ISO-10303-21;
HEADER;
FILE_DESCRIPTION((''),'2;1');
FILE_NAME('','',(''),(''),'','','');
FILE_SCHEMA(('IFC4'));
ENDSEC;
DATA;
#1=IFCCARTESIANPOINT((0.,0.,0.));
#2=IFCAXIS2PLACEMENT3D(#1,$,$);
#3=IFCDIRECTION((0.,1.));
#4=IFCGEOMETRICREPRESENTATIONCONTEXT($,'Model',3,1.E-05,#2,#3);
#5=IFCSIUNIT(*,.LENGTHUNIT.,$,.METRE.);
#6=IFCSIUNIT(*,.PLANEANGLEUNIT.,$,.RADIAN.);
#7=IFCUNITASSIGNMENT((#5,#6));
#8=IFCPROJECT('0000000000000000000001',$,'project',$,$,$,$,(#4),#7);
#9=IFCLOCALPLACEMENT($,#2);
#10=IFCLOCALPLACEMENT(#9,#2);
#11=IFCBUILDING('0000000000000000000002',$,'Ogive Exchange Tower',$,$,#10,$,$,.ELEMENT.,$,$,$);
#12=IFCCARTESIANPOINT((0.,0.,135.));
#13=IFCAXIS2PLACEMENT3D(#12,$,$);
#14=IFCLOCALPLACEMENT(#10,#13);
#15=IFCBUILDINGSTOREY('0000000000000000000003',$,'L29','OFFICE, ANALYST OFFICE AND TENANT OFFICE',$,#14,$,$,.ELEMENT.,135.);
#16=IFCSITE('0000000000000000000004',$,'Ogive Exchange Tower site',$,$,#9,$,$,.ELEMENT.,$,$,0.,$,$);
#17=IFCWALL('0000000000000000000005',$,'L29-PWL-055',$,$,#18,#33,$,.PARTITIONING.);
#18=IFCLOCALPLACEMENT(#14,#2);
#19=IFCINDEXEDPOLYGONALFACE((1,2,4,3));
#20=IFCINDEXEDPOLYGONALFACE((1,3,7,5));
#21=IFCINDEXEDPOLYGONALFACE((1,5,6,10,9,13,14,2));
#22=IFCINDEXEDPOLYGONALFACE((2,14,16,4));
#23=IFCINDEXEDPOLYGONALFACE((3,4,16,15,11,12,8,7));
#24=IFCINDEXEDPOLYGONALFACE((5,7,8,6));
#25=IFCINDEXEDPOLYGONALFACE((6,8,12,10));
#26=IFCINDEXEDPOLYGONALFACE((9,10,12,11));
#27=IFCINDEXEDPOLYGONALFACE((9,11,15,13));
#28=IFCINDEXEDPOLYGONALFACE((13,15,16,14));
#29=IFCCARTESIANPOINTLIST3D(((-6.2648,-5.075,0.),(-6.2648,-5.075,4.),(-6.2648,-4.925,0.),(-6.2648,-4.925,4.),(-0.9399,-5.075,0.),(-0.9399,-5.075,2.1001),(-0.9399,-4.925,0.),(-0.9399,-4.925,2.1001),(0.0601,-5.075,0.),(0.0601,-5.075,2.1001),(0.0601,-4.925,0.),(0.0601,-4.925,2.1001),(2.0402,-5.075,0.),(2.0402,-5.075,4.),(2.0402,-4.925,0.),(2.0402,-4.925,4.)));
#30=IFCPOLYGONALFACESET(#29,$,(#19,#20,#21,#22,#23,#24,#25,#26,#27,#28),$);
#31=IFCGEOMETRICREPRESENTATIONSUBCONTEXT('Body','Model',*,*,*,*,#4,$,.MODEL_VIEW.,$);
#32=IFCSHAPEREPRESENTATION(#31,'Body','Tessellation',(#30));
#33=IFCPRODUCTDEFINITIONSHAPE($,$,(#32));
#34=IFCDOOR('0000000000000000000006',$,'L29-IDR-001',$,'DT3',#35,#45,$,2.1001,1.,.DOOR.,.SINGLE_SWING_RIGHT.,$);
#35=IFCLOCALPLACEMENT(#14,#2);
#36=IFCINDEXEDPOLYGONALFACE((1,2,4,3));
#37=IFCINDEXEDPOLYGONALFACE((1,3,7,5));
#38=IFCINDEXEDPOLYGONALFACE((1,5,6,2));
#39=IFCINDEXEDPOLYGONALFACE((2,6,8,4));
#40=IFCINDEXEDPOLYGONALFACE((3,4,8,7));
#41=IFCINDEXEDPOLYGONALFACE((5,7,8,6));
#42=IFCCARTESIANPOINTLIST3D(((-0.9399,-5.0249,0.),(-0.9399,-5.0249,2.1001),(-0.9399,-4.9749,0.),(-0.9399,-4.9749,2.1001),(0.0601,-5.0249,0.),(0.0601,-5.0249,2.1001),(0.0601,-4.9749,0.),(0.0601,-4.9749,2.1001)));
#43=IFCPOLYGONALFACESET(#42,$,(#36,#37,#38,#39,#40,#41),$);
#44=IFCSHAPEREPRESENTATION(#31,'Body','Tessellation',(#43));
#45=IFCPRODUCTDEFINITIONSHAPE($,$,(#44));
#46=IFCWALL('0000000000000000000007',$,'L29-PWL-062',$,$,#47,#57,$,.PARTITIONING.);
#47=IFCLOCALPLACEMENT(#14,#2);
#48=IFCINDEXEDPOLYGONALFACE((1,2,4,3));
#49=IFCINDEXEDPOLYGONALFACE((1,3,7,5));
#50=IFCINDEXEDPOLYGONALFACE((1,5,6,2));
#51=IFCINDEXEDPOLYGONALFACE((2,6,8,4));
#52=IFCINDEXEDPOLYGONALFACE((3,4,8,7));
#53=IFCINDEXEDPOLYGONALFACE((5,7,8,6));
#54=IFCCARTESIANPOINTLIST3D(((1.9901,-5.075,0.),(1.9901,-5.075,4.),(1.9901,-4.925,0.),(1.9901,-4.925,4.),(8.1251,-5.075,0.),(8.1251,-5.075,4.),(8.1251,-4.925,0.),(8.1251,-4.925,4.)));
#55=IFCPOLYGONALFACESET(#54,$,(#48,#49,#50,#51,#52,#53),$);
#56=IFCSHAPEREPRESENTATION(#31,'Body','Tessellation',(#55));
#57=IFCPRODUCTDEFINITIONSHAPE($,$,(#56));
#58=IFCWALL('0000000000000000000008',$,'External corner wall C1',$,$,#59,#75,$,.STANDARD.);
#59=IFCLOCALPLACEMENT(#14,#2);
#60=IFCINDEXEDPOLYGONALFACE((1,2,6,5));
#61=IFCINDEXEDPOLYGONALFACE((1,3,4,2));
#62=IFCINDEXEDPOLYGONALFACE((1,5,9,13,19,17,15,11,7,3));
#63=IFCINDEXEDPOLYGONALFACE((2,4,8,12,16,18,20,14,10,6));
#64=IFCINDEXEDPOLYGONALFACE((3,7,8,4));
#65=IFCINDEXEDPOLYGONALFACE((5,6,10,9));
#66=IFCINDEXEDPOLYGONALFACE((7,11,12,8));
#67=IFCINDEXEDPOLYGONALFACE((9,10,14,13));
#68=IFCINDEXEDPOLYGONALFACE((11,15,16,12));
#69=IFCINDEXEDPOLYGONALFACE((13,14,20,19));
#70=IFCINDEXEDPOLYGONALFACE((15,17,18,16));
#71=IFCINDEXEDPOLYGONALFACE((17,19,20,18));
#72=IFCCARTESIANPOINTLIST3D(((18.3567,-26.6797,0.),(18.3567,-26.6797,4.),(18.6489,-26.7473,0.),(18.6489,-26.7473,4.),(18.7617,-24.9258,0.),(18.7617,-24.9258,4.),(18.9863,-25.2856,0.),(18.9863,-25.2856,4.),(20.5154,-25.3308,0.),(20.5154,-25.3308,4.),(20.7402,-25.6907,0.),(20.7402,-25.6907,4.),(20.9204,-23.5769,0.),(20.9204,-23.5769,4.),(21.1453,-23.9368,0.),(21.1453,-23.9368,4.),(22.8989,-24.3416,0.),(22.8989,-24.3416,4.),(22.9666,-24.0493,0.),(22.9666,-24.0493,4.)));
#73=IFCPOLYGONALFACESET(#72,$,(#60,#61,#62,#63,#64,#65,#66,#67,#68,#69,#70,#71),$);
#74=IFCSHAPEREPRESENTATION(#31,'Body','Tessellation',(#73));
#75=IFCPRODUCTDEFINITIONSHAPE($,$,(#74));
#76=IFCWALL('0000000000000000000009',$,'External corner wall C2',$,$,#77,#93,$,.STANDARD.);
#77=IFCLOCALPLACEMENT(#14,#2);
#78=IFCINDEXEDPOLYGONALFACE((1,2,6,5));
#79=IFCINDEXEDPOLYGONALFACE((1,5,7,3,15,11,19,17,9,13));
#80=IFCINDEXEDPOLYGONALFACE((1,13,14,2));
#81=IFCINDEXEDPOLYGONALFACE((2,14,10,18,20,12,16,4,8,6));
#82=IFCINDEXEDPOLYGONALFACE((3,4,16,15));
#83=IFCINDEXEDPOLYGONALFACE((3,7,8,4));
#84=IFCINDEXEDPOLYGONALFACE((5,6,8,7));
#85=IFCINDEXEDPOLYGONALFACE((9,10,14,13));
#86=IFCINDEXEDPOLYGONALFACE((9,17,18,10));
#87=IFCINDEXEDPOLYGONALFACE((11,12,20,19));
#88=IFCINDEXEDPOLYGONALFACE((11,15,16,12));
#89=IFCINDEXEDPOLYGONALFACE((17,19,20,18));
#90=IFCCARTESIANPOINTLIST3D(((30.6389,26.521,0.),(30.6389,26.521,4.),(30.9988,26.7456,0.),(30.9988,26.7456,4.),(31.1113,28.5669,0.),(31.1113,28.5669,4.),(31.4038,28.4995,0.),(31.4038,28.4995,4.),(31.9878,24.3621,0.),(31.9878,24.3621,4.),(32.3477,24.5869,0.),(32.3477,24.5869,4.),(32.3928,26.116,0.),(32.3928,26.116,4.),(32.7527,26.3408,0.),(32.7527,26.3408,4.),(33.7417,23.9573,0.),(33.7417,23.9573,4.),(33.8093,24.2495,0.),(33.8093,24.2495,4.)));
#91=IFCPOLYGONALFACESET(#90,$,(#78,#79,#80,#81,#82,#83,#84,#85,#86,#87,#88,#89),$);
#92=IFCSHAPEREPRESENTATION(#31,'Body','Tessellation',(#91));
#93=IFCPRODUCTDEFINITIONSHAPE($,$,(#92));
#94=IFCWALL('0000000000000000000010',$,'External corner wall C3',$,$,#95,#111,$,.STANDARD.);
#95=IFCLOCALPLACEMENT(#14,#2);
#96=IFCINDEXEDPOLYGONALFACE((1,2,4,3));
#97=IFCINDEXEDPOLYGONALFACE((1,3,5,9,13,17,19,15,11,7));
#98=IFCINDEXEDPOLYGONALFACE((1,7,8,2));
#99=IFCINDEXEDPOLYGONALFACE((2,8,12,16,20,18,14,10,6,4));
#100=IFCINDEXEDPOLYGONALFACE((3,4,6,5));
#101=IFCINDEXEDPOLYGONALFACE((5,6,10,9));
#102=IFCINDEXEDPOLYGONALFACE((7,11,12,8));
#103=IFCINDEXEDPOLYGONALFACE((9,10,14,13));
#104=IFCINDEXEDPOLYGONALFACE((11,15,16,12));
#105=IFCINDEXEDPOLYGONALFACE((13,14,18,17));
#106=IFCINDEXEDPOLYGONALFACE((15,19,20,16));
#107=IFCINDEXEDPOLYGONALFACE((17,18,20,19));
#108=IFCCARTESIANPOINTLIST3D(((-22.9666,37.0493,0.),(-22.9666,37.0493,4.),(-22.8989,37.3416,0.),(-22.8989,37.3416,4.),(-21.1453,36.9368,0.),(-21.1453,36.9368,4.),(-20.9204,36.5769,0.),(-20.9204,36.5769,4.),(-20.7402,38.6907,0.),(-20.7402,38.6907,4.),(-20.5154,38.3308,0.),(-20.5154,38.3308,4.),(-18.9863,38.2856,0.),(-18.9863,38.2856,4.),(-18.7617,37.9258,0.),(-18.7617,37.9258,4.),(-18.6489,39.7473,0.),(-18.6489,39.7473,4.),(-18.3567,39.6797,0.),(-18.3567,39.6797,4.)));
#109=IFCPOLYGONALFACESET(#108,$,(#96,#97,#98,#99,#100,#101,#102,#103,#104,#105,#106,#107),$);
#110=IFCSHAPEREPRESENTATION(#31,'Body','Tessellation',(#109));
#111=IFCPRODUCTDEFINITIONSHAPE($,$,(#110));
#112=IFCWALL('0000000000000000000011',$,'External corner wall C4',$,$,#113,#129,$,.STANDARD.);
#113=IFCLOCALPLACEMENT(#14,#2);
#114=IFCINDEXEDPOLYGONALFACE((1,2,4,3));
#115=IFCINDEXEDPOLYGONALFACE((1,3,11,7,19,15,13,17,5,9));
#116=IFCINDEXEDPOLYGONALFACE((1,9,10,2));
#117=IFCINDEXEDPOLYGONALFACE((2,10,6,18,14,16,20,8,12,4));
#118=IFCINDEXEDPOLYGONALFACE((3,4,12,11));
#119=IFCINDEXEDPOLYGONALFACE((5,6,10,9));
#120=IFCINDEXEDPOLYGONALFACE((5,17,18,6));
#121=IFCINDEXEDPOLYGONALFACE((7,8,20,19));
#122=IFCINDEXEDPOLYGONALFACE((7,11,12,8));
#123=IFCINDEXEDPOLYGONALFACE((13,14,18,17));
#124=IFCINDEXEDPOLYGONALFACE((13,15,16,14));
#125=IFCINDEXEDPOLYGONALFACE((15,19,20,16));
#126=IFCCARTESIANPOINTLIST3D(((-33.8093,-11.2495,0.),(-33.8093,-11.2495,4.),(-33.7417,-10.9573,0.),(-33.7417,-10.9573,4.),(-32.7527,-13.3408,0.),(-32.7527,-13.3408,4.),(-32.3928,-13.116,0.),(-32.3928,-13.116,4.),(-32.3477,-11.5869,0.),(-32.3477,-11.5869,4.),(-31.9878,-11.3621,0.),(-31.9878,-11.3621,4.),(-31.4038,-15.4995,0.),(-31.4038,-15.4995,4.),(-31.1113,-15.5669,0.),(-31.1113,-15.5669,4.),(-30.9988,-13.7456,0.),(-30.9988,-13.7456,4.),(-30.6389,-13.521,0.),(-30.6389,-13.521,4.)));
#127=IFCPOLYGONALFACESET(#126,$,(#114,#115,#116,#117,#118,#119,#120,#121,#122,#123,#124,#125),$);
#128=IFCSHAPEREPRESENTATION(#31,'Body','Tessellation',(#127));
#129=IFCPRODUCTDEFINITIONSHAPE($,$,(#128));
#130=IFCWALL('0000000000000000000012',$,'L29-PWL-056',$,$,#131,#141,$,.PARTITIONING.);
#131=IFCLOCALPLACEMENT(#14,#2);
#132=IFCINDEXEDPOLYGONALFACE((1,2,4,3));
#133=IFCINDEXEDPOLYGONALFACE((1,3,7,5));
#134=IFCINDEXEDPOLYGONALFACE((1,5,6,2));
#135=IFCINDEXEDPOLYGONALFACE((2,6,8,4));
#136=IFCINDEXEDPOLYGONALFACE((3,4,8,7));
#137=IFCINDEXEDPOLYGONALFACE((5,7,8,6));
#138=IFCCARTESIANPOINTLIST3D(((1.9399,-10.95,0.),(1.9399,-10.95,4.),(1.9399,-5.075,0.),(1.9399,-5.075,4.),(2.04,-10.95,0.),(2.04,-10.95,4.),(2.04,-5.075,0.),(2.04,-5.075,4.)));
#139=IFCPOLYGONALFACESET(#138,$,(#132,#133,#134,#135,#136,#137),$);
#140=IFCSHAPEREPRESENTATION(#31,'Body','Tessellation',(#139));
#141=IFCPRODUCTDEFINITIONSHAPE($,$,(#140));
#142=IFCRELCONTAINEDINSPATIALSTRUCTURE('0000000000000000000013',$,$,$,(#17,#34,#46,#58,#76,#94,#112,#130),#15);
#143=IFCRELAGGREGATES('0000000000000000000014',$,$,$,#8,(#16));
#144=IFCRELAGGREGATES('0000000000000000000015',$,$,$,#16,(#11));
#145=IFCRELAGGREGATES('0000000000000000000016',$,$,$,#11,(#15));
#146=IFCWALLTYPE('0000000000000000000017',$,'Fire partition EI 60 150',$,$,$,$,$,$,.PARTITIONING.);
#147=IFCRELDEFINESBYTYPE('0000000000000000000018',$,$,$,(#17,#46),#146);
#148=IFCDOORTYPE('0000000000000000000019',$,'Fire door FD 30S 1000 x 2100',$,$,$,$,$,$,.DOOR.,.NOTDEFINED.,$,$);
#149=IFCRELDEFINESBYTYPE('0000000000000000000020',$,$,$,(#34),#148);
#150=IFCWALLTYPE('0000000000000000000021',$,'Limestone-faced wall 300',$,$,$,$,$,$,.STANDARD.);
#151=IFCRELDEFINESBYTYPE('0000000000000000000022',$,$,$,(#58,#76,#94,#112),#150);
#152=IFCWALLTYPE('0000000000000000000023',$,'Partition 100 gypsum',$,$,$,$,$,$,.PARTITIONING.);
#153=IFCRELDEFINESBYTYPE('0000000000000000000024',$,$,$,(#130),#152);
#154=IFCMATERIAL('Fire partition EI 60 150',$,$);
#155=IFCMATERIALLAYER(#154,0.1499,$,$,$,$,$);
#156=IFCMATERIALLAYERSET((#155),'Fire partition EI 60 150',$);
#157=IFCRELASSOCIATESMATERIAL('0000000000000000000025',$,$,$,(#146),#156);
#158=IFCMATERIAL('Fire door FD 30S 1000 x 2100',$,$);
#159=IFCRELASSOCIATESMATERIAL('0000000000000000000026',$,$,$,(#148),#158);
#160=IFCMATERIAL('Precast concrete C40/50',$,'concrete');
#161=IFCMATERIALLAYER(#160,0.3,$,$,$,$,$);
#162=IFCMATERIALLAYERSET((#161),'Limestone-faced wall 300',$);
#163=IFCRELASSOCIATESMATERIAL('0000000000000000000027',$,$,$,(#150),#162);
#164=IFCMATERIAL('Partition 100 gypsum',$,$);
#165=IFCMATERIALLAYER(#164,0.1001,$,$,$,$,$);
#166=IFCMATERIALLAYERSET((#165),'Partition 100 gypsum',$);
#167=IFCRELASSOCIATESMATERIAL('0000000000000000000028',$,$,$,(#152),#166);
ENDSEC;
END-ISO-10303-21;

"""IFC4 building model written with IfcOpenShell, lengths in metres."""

from ifc_helpers import new_model, si_unit, direction, frame, frame_2d, origin, place, context, subcontext, project, spatial, polyline, rectangle, outline, extrude, material, layer, layer_set, type_object, element, fill, save


model = new_model("IFC4")

# Units and contexts
model_context = context("Model", 3, precision=1e-05, world=origin(), true_north=direction((0.0, 1.0)))
body_context = subcontext(model_context, "Body", "Model", "MODEL_VIEW")
ifc_project = project(units=[si_unit("LENGTHUNIT", "METRE"), si_unit("PLANEANGLEUNIT", "RADIAN")], contexts=[model_context])

# Site, building, storey
site_placement = place(None, origin())
site = spatial("IfcSite", under=ifc_project, at=site_placement, Name="Ogive Exchange Tower site", CompositionType="ELEMENT", RefElevation=0.0)
building_placement = place(site_placement, origin())
building = spatial("IfcBuilding", under=site, at=building_placement, Name="Ogive Exchange Tower", CompositionType="ELEMENT")
storey_placement = place(building_placement, frame((0.0, 0.0, 135.0)))
storey = spatial("IfcBuildingStorey", under=building, at=storey_placement, Name="L29", Description="OFFICE, ANALYST OFFICE AND TENANT OFFICE", CompositionType="ELEMENT", Elevation=135.0)

# Wall, opening, door
ifc_material_1 = material(Name="Fire partition EI 60 150")
ifc_layer_1 = layer(ifc_material_1, 0.1499)
ifc_layer_set_1 = layer_set([ifc_layer_1], Name="Fire partition EI 60 150")
wall_type_1 = type_object("IfcWallType", Name="Fire partition EI 60 150", PredefinedType="PARTITIONING", material=ifc_layer_set_1)
wall_1_placement = place(storey_placement, frame((2.04, -5.0, 0.0), z_axis=(0.0, 0.0, 1.0), x_axis=(-1.0, 0.0, 0.0)))
wall_1 = element("IfcWall", 1, at=wall_1_placement, inside=storey, type_object=wall_type_1, Name="L29-PWL-055", PredefinedType="PARTITIONING", context=body_context, shape_type="SweptSolid", body=[
    extrude(rectangle(XDim=8.3049, YDim=0.1499, at=frame_2d((4.1523, 0.0))), origin(), (0.0, 0.0, 1.0), 4.0),
])
opening_1_placement = place(wall_1_placement, frame((1.98, 0.0, 0.0)))
opening_1 = element("IfcOpeningElement", 2, at=opening_1_placement, cuts=wall_1, PredefinedType="OPENING", context=body_context, shape_type="SweptSolid", body=[
    extrude(rectangle(XDim=1.0, YDim=2.1001, at=frame_2d((0.5, 1.05))), frame((0.0, 0.085, 0.0), z_axis=(0.0, -1.0, 0.0), x_axis=(1.0, 0.0, 0.0)), (0.0, 0.0, 1.0), 0.1699),
])
ifc_material_2 = material(Name="Fire door FD 30S 1000 x 2100")
door_type_1 = type_object("IfcDoorType", Name="Fire door FD 30S 1000 x 2100", OperationType="NOTDEFINED", PredefinedType="DOOR", material=ifc_material_2)
door_1_placement = place(opening_1_placement, origin())
door_1 = element("IfcDoor", 3, at=door_1_placement, inside=storey, type_object=door_type_1, Name="L29-IDR-001", ObjectType="DT3", OperationType="SINGLE_SWING_RIGHT", OverallHeight=2.1001, OverallWidth=1.0, PredefinedType="DOOR", context=body_context, shape_type="SweptSolid", body=[
    extrude(rectangle(XDim=1.0, YDim=2.1001, at=frame_2d((0.5, 1.05))), frame((0.0, 0.0249, 0.0), z_axis=(0.0, -1.0, 0.0), x_axis=(1.0, 0.0, 0.0)), (0.0, 0.0, 1.0), 0.05),
])
fill(opening_1, door_1)

# Walls
wall_2_placement = place(storey_placement, frame((8.125, -5.0, 0.0), z_axis=(0.0, 0.0, 1.0), x_axis=(-1.0, 0.0, 0.0)))
element("IfcWall", 4, at=wall_2_placement, inside=storey, type_object=wall_type_1, Name="L29-PWL-062", PredefinedType="PARTITIONING", context=body_context, shape_type="SweptSolid", body=[
    extrude(rectangle(XDim=6.135, YDim=0.1499, at=frame_2d((3.0674, 0.0))), origin(), (0.0, 0.0, 1.0), 4.0),
])
ifc_material_3 = material(Name="Precast concrete C40/50", Category="concrete")
ifc_layer_2 = layer(ifc_material_3, 0.3)
ifc_layer_set_2 = layer_set([ifc_layer_2], Name="Limestone-faced wall 300")
wall_type_2 = type_object("IfcWallType", Name="Limestone-faced wall 300", PredefinedType="STANDARD", material=ifc_layer_set_2)
wall_3_placement = place(storey_placement, origin())
element("IfcWall", 5, at=wall_3_placement, inside=storey, type_object=wall_type_2, Name="External corner wall C1", PredefinedType="STANDARD", context=body_context, shape_type="SweptSolid", body=[
    extrude(outline(polyline([(20.5154, -25.3308), (20.9204, -23.5769), (22.9666, -24.0493), (22.8989, -24.3416), (21.1453, -23.9368), (20.7402, -25.6907), (18.9863, -25.2856), (18.6489, -26.7473), (18.3567, -26.6797), (18.7617, -24.9258), (20.5154, -25.3308)])), origin(), (0.0, 0.0, 1.0), 4.0),
])
wall_4_placement = place(storey_placement, origin())
element("IfcWall", 6, at=wall_4_placement, inside=storey, type_object=wall_type_2, Name="External corner wall C2", PredefinedType="STANDARD", context=body_context, shape_type="SweptSolid", body=[
    extrude(outline(polyline([(32.3928, 26.116), (30.6389, 26.521), (31.1113, 28.5669), (31.4038, 28.4995), (30.9988, 26.7456), (32.7527, 26.3408), (32.3477, 24.5869), (33.8093, 24.2495), (33.7417, 23.9573), (31.9878, 24.3621), (32.3928, 26.116)])), origin(), (0.0, 0.0, 1.0), 4.0),
])
wall_5_placement = place(storey_placement, origin())
element("IfcWall", 7, at=wall_5_placement, inside=storey, type_object=wall_type_2, Name="External corner wall C3", PredefinedType="STANDARD", context=body_context, shape_type="SweptSolid", body=[
    extrude(outline(polyline([(-22.9666, 37.0493), (-22.8989, 37.3416), (-21.1453, 36.9368), (-20.7402, 38.6907), (-18.9863, 38.2856), (-18.6489, 39.7473), (-18.3567, 39.6797), (-18.7617, 37.9258), (-20.5154, 38.3308), (-20.9204, 36.5769), (-22.9666, 37.0493)])), origin(), (0.0, 0.0, 1.0), 4.0),
])
wall_6_placement = place(storey_placement, origin())
element("IfcWall", 8, at=wall_6_placement, inside=storey, type_object=wall_type_2, Name="External corner wall C4", PredefinedType="STANDARD", context=body_context, shape_type="SweptSolid", body=[
    extrude(outline(polyline([(-32.3928, -13.116), (-30.6389, -13.521), (-31.1113, -15.5669), (-31.4038, -15.4995), (-30.9988, -13.7456), (-32.7527, -13.3408), (-32.3477, -11.5869), (-33.8093, -11.2495), (-33.7417, -10.9573), (-31.9878, -11.3621), (-32.3928, -13.116)])), origin(), (0.0, 0.0, 1.0), 4.0),
])
ifc_material_4 = material(Name="Partition 100 gypsum")
ifc_layer_3 = layer(ifc_material_4, 0.1001)
ifc_layer_set_3 = layer_set([ifc_layer_3], Name="Partition 100 gypsum")
wall_type_3 = type_object("IfcWallType", Name="Partition 100 gypsum", PredefinedType="PARTITIONING", material=ifc_layer_set_3)
wall_7_placement = place(storey_placement, frame((1.99, -5.075, 0.0), z_axis=(0.0, 0.0, 1.0), x_axis=(0.0, -1.0, 0.0)))
element("IfcWall", 9, at=wall_7_placement, inside=storey, type_object=wall_type_3, Name="L29-PWL-056", PredefinedType="PARTITIONING", context=body_context, shape_type="SweptSolid", body=[
    extrude(rectangle(XDim=5.875, YDim=0.1001, at=frame_2d((2.9375, 0.0))), origin(), (0.0, 0.0, 1.0), 4.0),
])

save(model, "model.ifc")
